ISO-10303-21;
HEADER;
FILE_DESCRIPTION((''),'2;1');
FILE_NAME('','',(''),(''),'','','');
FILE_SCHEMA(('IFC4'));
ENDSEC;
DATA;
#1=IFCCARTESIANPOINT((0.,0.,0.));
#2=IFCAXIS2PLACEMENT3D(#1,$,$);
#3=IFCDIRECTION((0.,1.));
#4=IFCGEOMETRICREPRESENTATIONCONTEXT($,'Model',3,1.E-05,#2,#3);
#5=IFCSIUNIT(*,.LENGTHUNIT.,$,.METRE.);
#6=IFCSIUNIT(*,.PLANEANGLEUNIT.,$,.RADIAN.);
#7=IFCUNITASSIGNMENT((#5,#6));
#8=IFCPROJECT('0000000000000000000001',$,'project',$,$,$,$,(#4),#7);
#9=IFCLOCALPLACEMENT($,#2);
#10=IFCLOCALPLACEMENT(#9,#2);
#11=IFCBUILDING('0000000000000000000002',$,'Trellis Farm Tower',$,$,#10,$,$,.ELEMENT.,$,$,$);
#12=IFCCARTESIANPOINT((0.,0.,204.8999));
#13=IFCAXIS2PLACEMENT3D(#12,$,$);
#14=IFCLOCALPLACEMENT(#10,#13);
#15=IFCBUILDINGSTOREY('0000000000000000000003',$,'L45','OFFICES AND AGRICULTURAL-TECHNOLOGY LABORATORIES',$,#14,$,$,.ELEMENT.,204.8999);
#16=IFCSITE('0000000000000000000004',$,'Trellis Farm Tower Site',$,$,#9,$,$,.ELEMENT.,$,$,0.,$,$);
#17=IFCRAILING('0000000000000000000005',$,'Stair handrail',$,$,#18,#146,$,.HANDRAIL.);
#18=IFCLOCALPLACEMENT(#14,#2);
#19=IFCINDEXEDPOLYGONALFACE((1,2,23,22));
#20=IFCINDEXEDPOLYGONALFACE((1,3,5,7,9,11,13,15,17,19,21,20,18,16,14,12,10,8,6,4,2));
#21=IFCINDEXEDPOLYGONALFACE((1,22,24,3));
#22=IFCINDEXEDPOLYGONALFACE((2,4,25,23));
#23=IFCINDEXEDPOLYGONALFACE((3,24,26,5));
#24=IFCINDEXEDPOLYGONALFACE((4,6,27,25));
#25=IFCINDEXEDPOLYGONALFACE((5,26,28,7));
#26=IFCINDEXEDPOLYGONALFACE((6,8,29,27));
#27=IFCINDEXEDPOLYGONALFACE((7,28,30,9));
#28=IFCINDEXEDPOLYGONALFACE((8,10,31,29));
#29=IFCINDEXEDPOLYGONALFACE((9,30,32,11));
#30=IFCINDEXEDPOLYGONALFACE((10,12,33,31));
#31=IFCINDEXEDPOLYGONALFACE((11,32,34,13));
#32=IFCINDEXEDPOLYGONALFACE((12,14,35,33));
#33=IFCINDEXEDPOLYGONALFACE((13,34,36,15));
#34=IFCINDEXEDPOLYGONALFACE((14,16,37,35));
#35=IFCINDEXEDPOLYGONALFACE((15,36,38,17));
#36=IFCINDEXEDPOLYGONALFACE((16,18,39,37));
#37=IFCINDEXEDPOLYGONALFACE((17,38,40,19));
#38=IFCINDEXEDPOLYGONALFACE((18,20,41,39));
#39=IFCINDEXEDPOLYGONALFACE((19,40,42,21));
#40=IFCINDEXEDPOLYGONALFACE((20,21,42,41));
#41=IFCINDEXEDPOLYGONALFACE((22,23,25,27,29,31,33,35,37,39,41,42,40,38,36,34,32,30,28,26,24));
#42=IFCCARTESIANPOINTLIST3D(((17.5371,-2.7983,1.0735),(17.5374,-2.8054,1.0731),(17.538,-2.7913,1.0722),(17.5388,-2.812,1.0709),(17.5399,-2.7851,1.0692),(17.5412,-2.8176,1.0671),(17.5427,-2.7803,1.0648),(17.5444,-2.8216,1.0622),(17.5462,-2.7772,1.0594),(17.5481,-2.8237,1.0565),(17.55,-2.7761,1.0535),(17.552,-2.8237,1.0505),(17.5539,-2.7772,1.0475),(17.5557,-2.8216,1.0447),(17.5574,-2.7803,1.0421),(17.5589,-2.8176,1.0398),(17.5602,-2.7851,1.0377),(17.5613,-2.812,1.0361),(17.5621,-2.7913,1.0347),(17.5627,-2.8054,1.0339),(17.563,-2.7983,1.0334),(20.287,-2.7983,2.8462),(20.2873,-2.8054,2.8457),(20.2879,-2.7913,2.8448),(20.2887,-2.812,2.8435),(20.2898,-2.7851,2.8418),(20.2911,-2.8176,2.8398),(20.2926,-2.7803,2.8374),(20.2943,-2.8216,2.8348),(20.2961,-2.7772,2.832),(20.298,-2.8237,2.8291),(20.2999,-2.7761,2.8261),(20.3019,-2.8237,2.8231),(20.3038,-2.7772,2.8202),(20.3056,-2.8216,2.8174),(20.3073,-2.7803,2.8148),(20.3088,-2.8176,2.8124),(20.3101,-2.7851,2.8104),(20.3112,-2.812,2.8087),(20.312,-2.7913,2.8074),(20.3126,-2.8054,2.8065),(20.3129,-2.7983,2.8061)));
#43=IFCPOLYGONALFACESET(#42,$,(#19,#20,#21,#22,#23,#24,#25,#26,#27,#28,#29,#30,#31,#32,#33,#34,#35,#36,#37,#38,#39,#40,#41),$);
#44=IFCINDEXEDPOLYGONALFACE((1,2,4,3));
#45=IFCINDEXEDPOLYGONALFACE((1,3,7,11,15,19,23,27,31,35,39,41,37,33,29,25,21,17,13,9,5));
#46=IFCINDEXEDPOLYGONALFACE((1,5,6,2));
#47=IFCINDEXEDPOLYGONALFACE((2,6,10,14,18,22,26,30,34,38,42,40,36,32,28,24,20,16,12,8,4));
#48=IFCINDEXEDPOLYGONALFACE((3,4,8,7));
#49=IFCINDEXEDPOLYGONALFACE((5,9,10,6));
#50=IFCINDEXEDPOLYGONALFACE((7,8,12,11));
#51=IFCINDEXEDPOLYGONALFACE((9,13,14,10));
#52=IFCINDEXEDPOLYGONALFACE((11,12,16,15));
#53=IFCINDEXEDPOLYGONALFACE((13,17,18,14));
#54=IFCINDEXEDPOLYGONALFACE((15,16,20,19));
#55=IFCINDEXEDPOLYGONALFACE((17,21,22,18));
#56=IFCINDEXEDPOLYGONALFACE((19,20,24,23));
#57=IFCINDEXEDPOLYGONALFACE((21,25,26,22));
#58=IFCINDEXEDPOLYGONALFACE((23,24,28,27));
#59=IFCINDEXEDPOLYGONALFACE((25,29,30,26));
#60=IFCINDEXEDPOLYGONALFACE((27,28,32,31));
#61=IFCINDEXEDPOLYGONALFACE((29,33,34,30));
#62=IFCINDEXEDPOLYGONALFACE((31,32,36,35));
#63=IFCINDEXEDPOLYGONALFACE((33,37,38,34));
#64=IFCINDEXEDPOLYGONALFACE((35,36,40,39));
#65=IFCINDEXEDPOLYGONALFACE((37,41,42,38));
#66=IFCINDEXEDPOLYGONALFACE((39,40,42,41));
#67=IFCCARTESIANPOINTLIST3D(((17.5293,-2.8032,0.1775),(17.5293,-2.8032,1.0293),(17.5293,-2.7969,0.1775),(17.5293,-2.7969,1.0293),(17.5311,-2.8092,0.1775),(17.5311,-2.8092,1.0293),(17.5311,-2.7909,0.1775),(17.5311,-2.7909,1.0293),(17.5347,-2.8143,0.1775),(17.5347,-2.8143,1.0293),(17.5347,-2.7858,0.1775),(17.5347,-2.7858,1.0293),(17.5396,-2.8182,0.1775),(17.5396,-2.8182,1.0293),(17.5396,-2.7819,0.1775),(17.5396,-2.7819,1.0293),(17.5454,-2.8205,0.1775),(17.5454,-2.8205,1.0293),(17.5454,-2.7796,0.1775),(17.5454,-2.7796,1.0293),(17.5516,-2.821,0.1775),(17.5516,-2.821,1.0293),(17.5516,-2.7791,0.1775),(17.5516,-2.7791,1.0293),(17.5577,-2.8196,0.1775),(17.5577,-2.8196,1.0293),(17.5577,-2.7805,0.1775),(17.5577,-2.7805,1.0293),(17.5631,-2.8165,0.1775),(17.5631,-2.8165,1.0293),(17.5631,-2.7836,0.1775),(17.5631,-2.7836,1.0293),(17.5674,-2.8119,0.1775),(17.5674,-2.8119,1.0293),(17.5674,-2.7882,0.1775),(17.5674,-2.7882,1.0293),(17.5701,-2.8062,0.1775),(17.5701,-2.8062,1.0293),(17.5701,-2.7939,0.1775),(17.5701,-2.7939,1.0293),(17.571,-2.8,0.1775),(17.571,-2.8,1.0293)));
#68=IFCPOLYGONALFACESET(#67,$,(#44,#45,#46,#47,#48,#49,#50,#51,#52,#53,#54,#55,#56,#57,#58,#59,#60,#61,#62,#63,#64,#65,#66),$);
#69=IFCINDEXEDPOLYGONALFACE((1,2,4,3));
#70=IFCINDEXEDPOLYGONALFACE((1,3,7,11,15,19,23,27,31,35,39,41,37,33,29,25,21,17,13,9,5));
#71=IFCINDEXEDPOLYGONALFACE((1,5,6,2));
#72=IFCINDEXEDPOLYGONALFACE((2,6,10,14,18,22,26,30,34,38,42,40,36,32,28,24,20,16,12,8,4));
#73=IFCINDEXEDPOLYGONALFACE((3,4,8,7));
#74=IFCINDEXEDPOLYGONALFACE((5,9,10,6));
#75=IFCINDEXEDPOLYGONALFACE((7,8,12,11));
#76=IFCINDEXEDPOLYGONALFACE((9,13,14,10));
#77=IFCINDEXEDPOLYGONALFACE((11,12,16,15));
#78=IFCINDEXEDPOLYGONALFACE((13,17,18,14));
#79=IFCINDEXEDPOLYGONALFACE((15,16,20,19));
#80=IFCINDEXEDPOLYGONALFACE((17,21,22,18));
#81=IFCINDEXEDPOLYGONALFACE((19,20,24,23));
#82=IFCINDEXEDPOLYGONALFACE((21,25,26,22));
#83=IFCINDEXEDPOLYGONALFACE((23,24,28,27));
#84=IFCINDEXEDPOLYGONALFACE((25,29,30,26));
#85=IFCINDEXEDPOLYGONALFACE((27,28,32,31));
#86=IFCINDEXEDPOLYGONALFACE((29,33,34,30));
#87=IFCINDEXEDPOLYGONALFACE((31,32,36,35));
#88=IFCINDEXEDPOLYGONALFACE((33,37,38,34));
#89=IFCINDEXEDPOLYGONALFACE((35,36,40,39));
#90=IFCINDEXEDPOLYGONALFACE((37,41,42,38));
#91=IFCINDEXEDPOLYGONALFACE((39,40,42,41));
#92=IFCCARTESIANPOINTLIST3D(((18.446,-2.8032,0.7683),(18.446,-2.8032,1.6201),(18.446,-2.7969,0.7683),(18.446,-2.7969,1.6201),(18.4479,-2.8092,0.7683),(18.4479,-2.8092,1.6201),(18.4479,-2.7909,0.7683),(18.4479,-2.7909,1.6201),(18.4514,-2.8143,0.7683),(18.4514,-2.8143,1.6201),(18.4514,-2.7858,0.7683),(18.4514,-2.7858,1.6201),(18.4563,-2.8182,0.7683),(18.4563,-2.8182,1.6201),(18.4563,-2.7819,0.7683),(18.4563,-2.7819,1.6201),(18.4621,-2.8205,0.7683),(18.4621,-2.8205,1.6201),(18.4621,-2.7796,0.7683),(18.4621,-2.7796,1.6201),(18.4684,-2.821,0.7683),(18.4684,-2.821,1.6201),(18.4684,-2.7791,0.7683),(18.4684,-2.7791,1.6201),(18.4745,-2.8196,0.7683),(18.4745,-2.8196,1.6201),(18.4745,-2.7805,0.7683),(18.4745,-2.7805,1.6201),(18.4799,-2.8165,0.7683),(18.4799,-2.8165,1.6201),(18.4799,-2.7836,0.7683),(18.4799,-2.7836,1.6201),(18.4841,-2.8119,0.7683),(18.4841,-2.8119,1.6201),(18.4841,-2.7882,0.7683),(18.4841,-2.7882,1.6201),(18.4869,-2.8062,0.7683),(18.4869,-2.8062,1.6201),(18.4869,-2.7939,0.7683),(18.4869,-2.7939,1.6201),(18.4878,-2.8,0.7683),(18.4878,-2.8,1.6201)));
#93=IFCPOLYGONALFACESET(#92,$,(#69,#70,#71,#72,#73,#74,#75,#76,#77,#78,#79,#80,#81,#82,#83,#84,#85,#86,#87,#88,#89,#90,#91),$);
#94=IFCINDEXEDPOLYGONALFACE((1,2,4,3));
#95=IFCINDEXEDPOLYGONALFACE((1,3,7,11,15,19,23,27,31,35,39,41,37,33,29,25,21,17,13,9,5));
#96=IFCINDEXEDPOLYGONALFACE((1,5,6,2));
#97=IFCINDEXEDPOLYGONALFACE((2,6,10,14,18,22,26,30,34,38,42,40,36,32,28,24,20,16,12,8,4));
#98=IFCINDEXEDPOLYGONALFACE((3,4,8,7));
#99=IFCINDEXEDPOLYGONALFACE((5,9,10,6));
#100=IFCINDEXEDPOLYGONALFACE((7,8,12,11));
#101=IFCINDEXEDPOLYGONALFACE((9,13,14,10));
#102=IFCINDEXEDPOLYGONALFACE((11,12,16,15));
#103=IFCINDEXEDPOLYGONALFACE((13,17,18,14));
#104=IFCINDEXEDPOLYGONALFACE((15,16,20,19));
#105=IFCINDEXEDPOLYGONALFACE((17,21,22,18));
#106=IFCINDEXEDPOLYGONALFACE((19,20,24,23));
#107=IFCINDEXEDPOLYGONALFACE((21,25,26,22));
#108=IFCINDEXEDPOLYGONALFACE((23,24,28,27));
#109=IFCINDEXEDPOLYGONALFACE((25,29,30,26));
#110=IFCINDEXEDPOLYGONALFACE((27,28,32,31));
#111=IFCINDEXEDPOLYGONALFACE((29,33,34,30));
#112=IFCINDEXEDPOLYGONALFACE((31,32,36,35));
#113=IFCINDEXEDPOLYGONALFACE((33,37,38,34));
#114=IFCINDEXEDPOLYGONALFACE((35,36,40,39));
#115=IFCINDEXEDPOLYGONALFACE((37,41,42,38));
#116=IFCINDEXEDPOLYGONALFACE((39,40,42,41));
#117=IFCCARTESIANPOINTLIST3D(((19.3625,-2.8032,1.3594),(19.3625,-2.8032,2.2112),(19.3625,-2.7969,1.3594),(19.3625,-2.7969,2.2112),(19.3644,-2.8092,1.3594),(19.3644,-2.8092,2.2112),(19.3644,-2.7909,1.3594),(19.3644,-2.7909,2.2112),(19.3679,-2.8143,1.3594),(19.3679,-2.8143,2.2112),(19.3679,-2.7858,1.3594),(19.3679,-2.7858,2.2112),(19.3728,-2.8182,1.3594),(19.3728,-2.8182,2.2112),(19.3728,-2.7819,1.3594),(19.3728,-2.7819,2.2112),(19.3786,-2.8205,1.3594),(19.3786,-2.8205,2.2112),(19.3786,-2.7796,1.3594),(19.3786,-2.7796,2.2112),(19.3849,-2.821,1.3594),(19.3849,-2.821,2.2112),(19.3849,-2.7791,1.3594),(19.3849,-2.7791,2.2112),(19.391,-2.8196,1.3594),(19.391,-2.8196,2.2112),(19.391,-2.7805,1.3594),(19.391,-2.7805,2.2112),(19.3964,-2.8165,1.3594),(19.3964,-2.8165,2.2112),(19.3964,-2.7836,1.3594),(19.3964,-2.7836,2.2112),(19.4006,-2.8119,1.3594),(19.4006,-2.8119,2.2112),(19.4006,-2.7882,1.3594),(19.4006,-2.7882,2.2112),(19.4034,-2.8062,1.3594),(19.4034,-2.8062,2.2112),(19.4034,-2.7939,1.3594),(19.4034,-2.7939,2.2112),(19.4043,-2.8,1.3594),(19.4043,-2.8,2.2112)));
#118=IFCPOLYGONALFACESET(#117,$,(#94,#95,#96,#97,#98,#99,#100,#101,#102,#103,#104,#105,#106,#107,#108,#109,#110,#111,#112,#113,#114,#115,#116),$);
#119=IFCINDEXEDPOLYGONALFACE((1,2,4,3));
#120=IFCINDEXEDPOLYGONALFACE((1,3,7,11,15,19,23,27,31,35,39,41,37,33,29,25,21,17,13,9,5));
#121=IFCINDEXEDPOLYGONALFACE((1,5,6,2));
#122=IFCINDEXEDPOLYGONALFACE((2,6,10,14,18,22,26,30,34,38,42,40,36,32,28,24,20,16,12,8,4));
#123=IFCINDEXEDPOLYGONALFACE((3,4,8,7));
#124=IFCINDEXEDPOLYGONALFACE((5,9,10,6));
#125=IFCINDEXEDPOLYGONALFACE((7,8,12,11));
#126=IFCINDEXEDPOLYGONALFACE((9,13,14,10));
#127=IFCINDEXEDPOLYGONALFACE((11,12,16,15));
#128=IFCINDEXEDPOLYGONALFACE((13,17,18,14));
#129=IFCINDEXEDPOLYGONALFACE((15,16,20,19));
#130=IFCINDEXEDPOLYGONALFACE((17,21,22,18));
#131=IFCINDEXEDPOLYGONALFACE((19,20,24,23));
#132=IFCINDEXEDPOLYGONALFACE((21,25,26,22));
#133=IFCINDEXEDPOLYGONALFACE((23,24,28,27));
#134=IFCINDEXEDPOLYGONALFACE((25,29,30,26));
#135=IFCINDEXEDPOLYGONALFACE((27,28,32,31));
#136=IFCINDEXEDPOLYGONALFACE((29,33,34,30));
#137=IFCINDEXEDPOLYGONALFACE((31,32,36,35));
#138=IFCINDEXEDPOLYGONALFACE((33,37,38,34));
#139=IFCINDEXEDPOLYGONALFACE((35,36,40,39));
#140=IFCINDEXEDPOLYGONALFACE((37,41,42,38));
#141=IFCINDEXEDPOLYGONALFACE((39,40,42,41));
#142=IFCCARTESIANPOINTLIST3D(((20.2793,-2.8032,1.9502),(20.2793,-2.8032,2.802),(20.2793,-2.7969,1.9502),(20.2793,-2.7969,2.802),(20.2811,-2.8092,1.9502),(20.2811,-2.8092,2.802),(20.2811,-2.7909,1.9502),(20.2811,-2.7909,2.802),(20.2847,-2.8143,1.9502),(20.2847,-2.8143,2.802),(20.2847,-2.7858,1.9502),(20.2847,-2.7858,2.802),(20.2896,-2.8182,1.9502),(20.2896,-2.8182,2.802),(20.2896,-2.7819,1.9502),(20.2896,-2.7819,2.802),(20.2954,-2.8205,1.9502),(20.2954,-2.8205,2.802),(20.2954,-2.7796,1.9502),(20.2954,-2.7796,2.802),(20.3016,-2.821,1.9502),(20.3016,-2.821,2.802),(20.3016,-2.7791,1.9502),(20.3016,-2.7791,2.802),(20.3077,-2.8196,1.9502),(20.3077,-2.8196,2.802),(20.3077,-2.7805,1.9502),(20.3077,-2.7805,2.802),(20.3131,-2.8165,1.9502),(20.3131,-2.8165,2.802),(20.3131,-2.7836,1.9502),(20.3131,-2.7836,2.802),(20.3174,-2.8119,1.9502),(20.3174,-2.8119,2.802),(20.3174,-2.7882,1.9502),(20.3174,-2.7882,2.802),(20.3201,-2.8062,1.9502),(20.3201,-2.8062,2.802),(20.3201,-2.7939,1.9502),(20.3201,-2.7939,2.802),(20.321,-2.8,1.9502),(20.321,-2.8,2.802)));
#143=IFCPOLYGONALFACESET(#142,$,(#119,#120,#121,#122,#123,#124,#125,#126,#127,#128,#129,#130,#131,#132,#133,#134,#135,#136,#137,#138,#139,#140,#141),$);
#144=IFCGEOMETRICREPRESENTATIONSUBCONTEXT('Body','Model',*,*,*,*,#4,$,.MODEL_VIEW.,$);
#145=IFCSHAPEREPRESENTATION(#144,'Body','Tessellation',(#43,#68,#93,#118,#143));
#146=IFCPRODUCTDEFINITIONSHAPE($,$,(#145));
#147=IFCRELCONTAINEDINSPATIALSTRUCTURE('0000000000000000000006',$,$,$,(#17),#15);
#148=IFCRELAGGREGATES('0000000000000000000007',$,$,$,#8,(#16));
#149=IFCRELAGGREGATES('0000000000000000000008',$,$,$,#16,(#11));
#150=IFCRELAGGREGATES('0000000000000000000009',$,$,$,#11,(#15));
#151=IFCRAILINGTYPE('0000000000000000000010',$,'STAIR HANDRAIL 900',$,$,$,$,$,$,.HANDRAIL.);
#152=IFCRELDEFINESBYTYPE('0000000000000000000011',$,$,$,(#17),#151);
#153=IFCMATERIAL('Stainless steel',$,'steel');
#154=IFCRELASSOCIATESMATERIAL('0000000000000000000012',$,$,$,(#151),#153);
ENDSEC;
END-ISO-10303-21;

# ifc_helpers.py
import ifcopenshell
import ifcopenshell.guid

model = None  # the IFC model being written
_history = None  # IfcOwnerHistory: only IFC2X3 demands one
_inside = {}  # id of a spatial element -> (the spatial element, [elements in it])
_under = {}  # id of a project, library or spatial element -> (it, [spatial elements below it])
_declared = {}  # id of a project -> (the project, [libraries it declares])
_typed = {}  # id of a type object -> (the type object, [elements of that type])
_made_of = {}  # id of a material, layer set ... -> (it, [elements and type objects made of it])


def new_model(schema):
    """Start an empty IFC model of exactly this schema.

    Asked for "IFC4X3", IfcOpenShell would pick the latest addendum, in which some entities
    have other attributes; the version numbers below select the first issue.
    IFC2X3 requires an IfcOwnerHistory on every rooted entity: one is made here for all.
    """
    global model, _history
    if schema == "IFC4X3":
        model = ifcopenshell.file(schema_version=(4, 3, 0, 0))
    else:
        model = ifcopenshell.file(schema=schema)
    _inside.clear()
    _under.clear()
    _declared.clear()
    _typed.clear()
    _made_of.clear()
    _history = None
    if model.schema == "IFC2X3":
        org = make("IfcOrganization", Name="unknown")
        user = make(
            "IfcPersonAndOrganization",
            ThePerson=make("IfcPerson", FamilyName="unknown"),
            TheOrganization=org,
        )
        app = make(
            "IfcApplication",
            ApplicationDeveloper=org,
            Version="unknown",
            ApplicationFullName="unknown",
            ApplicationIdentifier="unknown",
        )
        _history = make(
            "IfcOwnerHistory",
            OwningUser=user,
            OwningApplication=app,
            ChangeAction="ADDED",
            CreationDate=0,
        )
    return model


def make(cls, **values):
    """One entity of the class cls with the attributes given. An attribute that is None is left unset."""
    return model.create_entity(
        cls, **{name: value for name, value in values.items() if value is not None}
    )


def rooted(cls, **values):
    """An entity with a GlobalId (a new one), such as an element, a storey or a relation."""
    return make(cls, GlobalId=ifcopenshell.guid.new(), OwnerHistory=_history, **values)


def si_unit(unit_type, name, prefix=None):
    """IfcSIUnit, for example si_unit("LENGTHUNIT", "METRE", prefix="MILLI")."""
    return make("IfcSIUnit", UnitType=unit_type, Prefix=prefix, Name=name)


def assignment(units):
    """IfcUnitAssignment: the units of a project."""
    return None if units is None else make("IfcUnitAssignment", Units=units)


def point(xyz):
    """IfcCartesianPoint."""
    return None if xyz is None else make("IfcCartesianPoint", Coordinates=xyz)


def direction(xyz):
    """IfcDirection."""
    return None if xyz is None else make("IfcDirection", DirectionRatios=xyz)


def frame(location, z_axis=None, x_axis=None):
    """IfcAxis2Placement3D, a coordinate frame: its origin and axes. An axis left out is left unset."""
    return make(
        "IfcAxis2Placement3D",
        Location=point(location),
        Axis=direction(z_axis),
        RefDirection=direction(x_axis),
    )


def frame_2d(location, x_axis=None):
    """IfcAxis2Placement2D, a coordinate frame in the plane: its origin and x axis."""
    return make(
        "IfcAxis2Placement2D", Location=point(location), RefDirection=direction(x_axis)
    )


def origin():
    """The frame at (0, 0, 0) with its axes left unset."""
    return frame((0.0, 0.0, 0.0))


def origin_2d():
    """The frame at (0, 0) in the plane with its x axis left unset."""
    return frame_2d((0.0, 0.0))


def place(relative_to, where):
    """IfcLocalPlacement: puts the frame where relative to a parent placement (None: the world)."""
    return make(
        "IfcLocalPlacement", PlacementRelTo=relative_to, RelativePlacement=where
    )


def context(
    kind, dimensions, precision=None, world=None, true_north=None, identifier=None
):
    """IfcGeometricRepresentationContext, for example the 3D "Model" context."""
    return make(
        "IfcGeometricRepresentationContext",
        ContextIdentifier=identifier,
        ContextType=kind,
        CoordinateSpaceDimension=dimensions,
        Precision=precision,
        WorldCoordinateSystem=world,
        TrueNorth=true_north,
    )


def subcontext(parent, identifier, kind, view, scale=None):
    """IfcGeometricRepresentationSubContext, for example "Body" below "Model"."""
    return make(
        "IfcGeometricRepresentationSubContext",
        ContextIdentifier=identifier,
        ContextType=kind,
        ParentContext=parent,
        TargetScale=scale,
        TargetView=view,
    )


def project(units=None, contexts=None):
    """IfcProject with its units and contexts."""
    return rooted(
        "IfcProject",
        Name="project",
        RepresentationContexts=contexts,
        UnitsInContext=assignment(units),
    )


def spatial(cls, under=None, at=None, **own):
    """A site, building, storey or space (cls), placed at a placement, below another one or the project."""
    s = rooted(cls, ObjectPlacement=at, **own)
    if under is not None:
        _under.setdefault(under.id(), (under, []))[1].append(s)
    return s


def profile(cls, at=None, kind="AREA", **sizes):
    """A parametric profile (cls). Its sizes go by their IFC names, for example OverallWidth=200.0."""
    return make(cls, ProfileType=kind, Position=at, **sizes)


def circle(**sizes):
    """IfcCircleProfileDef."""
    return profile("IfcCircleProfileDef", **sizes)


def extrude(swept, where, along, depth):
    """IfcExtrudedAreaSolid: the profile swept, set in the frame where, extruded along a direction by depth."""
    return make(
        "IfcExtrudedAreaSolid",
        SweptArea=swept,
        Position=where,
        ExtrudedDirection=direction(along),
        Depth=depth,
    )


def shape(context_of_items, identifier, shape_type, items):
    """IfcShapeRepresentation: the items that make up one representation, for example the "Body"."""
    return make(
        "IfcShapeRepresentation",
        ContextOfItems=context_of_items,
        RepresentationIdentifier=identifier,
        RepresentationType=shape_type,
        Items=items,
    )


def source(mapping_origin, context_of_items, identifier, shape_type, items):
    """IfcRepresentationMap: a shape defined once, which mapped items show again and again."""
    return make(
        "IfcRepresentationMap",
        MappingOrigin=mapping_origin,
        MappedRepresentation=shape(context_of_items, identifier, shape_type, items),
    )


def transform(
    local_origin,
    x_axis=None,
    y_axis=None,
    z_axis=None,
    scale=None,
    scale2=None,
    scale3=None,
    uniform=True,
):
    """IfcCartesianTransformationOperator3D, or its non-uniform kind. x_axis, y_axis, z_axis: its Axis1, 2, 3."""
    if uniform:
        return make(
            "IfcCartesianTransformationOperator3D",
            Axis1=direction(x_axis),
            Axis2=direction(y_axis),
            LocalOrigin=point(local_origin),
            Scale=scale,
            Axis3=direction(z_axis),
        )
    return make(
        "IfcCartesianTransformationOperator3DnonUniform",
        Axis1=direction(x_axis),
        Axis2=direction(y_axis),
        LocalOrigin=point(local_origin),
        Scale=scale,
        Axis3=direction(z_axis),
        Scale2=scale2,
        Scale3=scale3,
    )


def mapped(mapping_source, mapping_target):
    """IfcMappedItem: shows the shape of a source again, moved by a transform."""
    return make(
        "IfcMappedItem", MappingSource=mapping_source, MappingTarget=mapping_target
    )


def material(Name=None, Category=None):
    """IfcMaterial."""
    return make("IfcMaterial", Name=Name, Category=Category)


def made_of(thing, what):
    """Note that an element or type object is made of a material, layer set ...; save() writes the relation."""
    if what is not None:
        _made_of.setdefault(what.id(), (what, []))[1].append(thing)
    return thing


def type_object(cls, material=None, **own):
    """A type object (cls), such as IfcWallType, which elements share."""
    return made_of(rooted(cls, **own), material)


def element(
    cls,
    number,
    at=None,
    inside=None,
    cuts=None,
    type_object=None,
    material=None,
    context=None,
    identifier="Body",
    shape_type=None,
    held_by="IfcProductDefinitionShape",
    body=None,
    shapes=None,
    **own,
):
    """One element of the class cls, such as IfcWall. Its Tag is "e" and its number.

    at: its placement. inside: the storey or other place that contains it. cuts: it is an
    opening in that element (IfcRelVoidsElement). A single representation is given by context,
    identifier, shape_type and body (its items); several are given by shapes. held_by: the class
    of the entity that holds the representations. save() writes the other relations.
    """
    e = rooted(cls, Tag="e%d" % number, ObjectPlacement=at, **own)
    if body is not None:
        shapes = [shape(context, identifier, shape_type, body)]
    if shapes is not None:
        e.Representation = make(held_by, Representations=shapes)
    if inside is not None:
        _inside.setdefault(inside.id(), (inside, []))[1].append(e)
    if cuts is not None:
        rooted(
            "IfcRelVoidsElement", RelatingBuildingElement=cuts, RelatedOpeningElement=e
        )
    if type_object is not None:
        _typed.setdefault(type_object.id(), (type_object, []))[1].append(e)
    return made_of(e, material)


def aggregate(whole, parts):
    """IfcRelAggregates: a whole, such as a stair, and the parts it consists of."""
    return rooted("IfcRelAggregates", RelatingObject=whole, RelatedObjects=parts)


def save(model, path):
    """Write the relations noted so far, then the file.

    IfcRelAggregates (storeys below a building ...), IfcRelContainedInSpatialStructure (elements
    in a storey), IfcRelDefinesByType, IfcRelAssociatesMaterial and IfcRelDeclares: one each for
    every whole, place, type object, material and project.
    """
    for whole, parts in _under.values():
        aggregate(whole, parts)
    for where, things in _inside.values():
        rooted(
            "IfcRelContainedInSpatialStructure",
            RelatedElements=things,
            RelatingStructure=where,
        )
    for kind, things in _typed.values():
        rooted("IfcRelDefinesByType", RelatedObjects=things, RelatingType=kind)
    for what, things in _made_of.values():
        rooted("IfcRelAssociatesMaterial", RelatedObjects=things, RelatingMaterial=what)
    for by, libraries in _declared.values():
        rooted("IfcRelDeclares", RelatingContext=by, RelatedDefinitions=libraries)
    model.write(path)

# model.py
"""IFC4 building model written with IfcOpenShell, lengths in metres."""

from ifc_helpers import new_model, si_unit, direction, frame, origin, origin_2d, place, context, subcontext, project, spatial, circle, extrude, source, transform, mapped, material, type_object, element, save


model = new_model("IFC4")

# Units and contexts
model_context = context("Model", 3, precision=1e-05, world=origin(), true_north=direction((0.0, 1.0)))
body_context = subcontext(model_context, "Body", "Model", "MODEL_VIEW")
ifc_project = project(units=[si_unit("LENGTHUNIT", "METRE"), si_unit("PLANEANGLEUNIT", "RADIAN")], contexts=[model_context])

# Site, building, storey
site_placement = place(None, origin())
site = spatial("IfcSite", under=ifc_project, at=site_placement, Name="Trellis Farm Tower Site", CompositionType="ELEMENT", RefElevation=0.0)
building_placement = place(site_placement, origin())
building = spatial("IfcBuilding", under=site, at=building_placement, Name="Trellis Farm Tower", CompositionType="ELEMENT")
storey_placement = place(building_placement, frame((0.0, 0.0, 204.8999)))
storey = spatial("IfcBuildingStorey", under=building, at=storey_placement, Name="L45", Description="OFFICES AND AGRICULTURAL-TECHNOLOGY LABORATORIES", CompositionType="ELEMENT", Elevation=204.8999)

# Railing
ifc_material_1 = material(Name="Stainless steel", Category="steel")
railing_type = type_object("IfcRailingType", Name="STAIR HANDRAIL 900", PredefinedType="HANDRAIL", material=ifc_material_1)
shared_shape_1 = source(origin(), body_context, "Body", "SweptSolid", [
    extrude(circle(Radius=0.0239, at=origin_2d()), frame((0.0, 0.0, 0.876), z_axis=(0.840504, 0.0, 0.541806), x_axis=(0.0, 1.0, 0.0)), (0.0, 0.0, 1.0), 3.2717),
    extrude(circle(Radius=0.021, at=origin_2d()), origin(), (0.0, 0.0, 1.0), 0.8518),
    extrude(circle(Radius=0.021, at=origin_2d()), frame((0.9167, 0.0, 0.5908)), (0.0, 0.0, 1.0), 0.8518),
    extrude(circle(Radius=0.021, at=origin_2d()), frame((1.8333, 0.0, 1.1819)), (0.0, 0.0, 1.0), 0.8518),
    extrude(circle(Radius=0.021, at=origin_2d()), frame((2.75, 0.0, 1.7727)), (0.0, 0.0, 1.0), 0.8518),
])
for number, where, name in (
    (1, (17.55, -2.8, 0.1775), "Stair handrail"),
):
    element("IfcRailing", number, at=place(storey_placement, frame(where)), inside=storey, type_object=railing_type, Name=name, PredefinedType="HANDRAIL", context=body_context, shape_type="MappedRepresentation", body=[
        mapped(shared_shape_1, transform((0.0, 0.0, 0.0))),
    ])

save(model, "model.ifc")
